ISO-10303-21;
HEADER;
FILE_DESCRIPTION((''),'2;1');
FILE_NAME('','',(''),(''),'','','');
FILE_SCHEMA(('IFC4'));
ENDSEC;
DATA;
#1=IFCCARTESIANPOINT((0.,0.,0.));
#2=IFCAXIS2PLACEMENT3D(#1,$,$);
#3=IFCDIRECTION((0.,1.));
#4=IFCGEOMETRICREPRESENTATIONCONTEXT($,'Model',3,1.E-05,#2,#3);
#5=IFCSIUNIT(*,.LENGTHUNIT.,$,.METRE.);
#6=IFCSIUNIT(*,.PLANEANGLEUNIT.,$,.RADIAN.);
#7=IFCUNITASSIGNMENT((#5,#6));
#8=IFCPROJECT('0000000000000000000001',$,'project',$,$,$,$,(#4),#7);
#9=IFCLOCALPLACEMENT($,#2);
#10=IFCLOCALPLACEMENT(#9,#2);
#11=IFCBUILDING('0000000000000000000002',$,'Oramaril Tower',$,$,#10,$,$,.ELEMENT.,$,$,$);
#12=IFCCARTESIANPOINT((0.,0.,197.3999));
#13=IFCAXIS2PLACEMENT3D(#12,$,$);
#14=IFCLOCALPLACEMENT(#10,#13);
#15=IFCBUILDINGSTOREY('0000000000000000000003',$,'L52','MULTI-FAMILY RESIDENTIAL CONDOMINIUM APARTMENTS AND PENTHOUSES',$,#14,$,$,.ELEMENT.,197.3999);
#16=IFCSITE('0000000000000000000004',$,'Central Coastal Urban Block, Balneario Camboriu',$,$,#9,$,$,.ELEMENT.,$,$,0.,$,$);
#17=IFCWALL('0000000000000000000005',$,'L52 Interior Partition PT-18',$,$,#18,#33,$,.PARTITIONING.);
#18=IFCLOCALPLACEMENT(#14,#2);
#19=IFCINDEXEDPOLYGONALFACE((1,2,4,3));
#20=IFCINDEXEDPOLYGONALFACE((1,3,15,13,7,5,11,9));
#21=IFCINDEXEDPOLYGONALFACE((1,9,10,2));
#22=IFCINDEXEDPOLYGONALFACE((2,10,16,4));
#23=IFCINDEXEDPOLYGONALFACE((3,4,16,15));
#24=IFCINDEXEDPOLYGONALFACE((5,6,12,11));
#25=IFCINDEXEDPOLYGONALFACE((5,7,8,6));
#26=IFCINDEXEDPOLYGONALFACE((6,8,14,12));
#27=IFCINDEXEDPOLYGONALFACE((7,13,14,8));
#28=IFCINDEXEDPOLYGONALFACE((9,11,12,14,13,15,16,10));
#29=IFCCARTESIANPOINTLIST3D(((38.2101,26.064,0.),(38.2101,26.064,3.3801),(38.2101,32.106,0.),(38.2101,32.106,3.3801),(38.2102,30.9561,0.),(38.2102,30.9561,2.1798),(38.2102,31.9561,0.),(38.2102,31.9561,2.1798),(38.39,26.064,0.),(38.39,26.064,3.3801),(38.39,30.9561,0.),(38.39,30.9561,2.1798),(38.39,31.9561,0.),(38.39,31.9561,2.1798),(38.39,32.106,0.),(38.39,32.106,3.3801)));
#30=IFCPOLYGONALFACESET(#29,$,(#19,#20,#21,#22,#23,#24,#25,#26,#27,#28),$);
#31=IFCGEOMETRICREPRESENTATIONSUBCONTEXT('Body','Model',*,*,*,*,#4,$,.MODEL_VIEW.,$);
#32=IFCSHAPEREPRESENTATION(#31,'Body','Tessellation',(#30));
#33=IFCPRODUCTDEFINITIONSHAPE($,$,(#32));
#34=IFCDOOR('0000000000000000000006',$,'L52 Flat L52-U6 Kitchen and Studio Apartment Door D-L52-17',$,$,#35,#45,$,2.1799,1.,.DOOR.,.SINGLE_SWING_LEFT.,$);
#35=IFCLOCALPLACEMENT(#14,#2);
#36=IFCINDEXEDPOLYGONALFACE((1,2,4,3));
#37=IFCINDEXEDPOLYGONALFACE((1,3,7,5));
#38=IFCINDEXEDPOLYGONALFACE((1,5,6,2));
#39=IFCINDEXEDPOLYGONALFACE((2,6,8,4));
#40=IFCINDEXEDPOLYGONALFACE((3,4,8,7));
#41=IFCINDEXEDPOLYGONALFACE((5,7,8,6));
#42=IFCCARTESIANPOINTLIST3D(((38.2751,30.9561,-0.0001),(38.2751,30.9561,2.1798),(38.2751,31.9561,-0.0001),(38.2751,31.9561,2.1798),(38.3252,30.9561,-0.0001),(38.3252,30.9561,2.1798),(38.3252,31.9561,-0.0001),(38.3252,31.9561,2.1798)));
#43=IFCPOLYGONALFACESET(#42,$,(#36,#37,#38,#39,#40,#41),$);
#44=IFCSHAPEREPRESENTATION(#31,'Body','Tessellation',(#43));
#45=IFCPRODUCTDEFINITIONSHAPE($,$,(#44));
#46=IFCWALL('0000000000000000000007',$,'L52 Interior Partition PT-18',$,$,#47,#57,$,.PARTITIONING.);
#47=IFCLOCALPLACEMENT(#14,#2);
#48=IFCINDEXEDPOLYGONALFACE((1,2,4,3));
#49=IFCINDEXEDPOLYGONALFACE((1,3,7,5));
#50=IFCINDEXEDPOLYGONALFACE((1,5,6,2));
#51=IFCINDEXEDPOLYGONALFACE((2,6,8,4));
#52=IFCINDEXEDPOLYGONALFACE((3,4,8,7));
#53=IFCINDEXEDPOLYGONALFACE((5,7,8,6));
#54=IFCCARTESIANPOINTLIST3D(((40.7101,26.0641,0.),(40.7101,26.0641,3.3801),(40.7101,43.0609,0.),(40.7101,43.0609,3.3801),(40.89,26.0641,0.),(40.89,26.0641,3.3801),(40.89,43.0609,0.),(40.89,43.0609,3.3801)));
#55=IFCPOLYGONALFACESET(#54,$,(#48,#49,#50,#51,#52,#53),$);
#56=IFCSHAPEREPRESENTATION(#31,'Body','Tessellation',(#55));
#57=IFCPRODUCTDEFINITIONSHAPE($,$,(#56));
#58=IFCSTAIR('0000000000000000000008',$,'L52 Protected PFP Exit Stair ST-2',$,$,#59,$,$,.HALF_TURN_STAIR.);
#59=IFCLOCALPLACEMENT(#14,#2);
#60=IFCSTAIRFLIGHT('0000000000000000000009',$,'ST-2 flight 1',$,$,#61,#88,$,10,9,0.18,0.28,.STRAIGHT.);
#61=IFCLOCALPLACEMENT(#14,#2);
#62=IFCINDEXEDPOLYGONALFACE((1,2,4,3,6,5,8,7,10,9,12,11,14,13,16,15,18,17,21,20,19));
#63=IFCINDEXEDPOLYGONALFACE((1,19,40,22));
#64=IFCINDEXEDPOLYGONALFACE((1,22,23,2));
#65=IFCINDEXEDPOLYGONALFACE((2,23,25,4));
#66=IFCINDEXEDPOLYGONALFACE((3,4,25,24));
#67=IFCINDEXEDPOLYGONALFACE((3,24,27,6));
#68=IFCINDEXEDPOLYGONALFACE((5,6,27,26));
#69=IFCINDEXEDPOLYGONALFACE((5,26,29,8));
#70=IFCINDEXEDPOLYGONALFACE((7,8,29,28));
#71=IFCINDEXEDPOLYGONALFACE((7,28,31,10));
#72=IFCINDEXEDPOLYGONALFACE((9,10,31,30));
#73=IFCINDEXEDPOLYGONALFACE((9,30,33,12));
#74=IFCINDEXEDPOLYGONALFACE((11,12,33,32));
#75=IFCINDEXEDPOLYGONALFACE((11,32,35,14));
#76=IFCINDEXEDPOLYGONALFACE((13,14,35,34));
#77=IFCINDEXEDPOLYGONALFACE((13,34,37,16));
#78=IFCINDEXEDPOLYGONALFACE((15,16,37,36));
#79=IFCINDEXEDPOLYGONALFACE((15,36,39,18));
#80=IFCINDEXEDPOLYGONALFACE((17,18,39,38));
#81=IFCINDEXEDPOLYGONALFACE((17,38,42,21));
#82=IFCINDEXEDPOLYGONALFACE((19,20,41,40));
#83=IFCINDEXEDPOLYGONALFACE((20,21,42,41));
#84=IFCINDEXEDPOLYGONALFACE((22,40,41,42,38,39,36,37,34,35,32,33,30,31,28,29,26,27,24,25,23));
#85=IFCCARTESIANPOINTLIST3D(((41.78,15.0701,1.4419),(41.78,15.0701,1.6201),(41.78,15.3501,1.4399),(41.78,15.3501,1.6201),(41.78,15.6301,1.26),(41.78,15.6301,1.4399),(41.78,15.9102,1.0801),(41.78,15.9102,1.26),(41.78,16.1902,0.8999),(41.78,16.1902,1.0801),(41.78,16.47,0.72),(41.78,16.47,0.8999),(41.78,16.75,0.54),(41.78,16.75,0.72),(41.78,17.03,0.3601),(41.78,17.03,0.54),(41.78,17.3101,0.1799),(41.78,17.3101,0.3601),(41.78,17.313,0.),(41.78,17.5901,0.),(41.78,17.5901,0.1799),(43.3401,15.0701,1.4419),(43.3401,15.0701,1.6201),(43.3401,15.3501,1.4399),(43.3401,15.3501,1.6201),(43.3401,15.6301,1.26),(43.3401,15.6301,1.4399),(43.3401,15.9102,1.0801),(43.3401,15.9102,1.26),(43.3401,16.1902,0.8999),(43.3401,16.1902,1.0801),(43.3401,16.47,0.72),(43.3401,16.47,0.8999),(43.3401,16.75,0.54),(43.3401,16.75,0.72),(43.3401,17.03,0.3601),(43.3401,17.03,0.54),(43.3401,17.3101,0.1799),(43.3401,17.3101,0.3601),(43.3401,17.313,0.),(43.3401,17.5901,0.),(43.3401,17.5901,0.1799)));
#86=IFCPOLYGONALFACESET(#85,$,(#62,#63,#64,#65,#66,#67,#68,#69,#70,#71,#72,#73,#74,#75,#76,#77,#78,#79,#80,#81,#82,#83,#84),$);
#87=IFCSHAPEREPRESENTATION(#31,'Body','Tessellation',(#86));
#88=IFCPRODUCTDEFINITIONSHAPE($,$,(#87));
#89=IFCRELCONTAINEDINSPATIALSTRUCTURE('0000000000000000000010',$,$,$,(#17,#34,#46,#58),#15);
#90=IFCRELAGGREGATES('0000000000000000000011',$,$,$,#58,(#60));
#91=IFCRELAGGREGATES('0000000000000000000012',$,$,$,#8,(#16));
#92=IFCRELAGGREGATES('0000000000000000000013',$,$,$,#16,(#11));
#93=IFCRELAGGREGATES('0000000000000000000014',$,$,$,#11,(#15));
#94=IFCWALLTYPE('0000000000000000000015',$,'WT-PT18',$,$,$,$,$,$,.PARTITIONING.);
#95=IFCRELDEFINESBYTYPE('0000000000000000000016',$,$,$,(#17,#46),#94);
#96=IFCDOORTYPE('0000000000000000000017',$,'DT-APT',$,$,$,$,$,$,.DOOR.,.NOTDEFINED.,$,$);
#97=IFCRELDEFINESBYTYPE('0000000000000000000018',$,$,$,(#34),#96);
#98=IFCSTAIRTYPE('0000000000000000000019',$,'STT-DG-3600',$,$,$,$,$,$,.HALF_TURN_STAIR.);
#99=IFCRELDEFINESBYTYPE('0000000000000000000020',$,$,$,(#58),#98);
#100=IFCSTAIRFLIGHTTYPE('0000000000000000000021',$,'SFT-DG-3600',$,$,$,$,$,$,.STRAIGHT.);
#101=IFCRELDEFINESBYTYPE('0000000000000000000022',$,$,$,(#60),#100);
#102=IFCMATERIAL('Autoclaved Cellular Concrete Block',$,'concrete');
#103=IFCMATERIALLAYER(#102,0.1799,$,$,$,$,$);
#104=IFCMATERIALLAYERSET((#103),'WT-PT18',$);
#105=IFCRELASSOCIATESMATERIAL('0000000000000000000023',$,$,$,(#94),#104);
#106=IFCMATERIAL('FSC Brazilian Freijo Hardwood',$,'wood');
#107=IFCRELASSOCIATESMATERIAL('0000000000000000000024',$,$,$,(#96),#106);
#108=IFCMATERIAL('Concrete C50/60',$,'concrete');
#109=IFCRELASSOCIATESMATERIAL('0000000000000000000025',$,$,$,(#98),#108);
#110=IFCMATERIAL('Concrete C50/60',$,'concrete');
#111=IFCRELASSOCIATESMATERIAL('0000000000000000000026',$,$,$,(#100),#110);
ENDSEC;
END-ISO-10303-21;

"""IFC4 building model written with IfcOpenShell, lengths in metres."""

from ifc_helpers import new_model, si_unit, direction, frame, frame_2d, origin, place, context, subcontext, project, spatial, polyline, rectangle, outline, extrude, material, layer, layer_set, type_object, element, fill, aggregate, save


model = new_model("IFC4")

# Units and contexts
model_context = context("Model", 3, precision=1e-05, world=origin(), true_north=direction((0.0, 1.0)))
body_context = subcontext(model_context, "Body", "Model", "MODEL_VIEW")
ifc_project = project(units=[si_unit("LENGTHUNIT", "METRE"), si_unit("PLANEANGLEUNIT", "RADIAN")], contexts=[model_context])

# Site, building, storey
site_placement = place(None, origin())
site = spatial("IfcSite", under=ifc_project, at=site_placement, Name="Central Coastal Urban Block, Balneario Camboriu", CompositionType="ELEMENT", RefElevation=0.0)
building_placement = place(site_placement, origin())
building = spatial("IfcBuilding", under=site, at=building_placement, Name="Oramaril Tower", CompositionType="ELEMENT")
storey_placement = place(building_placement, frame((0.0, 0.0, 197.3999)))
storey = spatial("IfcBuildingStorey", under=building, at=storey_placement, Name="L52", Description="MULTI-FAMILY RESIDENTIAL CONDOMINIUM APARTMENTS AND PENTHOUSES", CompositionType="ELEMENT", Elevation=197.3999)

# Shared definitions
ifc_material_1 = material(Name="Autoclaved Cellular Concrete Block", Category="concrete")
ifc_layer_1 = layer(ifc_material_1, 0.1799)
ifc_layer_set_1 = layer_set([ifc_layer_1], Name="WT-PT18")
wall_type_1 = type_object("IfcWallType", Name="WT-PT18", PredefinedType="PARTITIONING", material=ifc_layer_set_1)

# Wall, opening, door
ifc_material_2 = material(Name="FSC Brazilian Freijo Hardwood", Category="wood")
door_type_1 = type_object("IfcDoorType", Name="DT-APT", OperationType="NOTDEFINED", PredefinedType="DOOR", material=ifc_material_2)
wall_1_placement = place(storey_placement, frame((38.3, 26.064, 0.0), z_axis=(0.0, 0.0, 1.0), x_axis=(0.0, 1.0, 0.0)))
wall_1 = element("IfcWall", 1, at=wall_1_placement, inside=storey, type_object=wall_type_1, Name="L52 Interior Partition PT-18", PredefinedType="PARTITIONING", context=body_context, shape_type="SweptSolid", body=[
    extrude(rectangle(XDim=6.042, YDim=0.1799, at=frame_2d((3.021, 0.0))), origin(), (0.0, 0.0, 1.0), 3.3801),
])
opening_1_placement = place(wall_1_placement, frame((4.8921, 0.0, 0.0)))
opening_1 = element("IfcOpeningElement", 2, at=opening_1_placement, cuts=wall_1, PredefinedType="OPENING", context=body_context, shape_type="SweptSolid", body=[
    extrude(rectangle(XDim=1.0, YDim=2.1799, at=frame_2d((0.5, 1.0898))), frame((0.0, 0.0898, 0.0), z_axis=(0.0, -1.0, 0.0), x_axis=(1.0, 0.0, 0.0)), (0.0, 0.0, 1.0), 0.1799),
])
door_1_placement = place(opening_1_placement, origin())
door_1 = element("IfcDoor", 3, at=door_1_placement, inside=storey, type_object=door_type_1, Name="L52 Flat L52-U6 Kitchen and Studio Apartment Door D-L52-17", OperationType="SINGLE_SWING_LEFT", OverallHeight=2.1799, OverallWidth=1.0, PredefinedType="DOOR", context=body_context, shape_type="SweptSolid", body=[
    extrude(rectangle(XDim=1.0, YDim=2.1799, at=frame_2d((0.5, 1.0898))), frame((0.0, 0.0249, 0.0), z_axis=(0.0, -1.0, 0.0), x_axis=(1.0, 0.0, 0.0)), (0.0, 0.0, 1.0), 0.05),
])
fill(opening_1, door_1)

# Wall
wall_2_placement = place(storey_placement, frame((40.8, 26.064, 0.0), z_axis=(0.0, 0.0, 1.0), x_axis=(0.0, 1.0, 0.0)))
element("IfcWall", 4, at=wall_2_placement, inside=storey, type_object=wall_type_1, Name="L52 Interior Partition PT-18", PredefinedType="PARTITIONING", context=body_context, shape_type="SweptSolid", body=[
    extrude(rectangle(XDim=16.9968, YDim=0.1799, at=frame_2d((8.4985, 0.0))), origin(), (0.0, 0.0, 1.0), 3.3801),
])

# Stair, stair flight
ifc_material_3 = material(Name="Concrete C50/60", Category="concrete")
stair_type = type_object("IfcStairType", Name="STT-DG-3600", PredefinedType="HALF_TURN_STAIR", material=ifc_material_3)
stair_placement = place(storey_placement, origin())
stair = element("IfcStair", 5, at=stair_placement, inside=storey, type_object=stair_type, Name="L52 Protected PFP Exit Stair ST-2", PredefinedType="HALF_TURN_STAIR")
ifc_material_4 = material(Name="Concrete C50/60", Category="concrete")
stair_flight_type = type_object("IfcStairFlightType", Name="SFT-DG-3600", PredefinedType="STRAIGHT", material=ifc_material_4)
stair_flight_placement = place(storey_placement, frame((42.5601, 17.5901, 0.0), z_axis=(0.0, 0.0, 1.0), x_axis=(0.0, -1.0, 0.0)))
stair_flight = element("IfcStairFlight", 6, at=stair_flight_placement, type_object=stair_flight_type, Name="ST-2 flight 1", NumberOfRisers=10, NumberOfTreads=9, PredefinedType="STRAIGHT", RiserHeight=0.18, TreadLength=0.28, context=body_context, shape_type="SweptSolid", body=[
    extrude(outline(polyline([(0.0, 0.0), (0.0, 0.1799), (0.28, 0.1799), (0.28, 0.3601), (0.5601, 0.3601), (0.5601, 0.54), (0.8401, 0.54), (0.8401, 0.72), (1.1201, 0.72), (1.1201, 0.8999), (1.3999, 0.8999), (1.3999, 1.0801), (1.6799, 1.0801), (1.6799, 1.26), (1.96, 1.26), (1.96, 1.4399), (2.24, 1.4399), (2.24, 1.6201), (2.52, 1.6201), (2.52, 1.8), (2.52, 1.4419), (0.2771, 0.0), (0.0, 0.0)])), frame((0.0, 0.78, 0.0), z_axis=(0.0, -1.0, 0.0), x_axis=(1.0, 0.0, 0.0)), (0.0, 0.0, 1.0), 1.5601),
])
aggregate(stair, [stair_flight])

save(model, "model.ifc")
